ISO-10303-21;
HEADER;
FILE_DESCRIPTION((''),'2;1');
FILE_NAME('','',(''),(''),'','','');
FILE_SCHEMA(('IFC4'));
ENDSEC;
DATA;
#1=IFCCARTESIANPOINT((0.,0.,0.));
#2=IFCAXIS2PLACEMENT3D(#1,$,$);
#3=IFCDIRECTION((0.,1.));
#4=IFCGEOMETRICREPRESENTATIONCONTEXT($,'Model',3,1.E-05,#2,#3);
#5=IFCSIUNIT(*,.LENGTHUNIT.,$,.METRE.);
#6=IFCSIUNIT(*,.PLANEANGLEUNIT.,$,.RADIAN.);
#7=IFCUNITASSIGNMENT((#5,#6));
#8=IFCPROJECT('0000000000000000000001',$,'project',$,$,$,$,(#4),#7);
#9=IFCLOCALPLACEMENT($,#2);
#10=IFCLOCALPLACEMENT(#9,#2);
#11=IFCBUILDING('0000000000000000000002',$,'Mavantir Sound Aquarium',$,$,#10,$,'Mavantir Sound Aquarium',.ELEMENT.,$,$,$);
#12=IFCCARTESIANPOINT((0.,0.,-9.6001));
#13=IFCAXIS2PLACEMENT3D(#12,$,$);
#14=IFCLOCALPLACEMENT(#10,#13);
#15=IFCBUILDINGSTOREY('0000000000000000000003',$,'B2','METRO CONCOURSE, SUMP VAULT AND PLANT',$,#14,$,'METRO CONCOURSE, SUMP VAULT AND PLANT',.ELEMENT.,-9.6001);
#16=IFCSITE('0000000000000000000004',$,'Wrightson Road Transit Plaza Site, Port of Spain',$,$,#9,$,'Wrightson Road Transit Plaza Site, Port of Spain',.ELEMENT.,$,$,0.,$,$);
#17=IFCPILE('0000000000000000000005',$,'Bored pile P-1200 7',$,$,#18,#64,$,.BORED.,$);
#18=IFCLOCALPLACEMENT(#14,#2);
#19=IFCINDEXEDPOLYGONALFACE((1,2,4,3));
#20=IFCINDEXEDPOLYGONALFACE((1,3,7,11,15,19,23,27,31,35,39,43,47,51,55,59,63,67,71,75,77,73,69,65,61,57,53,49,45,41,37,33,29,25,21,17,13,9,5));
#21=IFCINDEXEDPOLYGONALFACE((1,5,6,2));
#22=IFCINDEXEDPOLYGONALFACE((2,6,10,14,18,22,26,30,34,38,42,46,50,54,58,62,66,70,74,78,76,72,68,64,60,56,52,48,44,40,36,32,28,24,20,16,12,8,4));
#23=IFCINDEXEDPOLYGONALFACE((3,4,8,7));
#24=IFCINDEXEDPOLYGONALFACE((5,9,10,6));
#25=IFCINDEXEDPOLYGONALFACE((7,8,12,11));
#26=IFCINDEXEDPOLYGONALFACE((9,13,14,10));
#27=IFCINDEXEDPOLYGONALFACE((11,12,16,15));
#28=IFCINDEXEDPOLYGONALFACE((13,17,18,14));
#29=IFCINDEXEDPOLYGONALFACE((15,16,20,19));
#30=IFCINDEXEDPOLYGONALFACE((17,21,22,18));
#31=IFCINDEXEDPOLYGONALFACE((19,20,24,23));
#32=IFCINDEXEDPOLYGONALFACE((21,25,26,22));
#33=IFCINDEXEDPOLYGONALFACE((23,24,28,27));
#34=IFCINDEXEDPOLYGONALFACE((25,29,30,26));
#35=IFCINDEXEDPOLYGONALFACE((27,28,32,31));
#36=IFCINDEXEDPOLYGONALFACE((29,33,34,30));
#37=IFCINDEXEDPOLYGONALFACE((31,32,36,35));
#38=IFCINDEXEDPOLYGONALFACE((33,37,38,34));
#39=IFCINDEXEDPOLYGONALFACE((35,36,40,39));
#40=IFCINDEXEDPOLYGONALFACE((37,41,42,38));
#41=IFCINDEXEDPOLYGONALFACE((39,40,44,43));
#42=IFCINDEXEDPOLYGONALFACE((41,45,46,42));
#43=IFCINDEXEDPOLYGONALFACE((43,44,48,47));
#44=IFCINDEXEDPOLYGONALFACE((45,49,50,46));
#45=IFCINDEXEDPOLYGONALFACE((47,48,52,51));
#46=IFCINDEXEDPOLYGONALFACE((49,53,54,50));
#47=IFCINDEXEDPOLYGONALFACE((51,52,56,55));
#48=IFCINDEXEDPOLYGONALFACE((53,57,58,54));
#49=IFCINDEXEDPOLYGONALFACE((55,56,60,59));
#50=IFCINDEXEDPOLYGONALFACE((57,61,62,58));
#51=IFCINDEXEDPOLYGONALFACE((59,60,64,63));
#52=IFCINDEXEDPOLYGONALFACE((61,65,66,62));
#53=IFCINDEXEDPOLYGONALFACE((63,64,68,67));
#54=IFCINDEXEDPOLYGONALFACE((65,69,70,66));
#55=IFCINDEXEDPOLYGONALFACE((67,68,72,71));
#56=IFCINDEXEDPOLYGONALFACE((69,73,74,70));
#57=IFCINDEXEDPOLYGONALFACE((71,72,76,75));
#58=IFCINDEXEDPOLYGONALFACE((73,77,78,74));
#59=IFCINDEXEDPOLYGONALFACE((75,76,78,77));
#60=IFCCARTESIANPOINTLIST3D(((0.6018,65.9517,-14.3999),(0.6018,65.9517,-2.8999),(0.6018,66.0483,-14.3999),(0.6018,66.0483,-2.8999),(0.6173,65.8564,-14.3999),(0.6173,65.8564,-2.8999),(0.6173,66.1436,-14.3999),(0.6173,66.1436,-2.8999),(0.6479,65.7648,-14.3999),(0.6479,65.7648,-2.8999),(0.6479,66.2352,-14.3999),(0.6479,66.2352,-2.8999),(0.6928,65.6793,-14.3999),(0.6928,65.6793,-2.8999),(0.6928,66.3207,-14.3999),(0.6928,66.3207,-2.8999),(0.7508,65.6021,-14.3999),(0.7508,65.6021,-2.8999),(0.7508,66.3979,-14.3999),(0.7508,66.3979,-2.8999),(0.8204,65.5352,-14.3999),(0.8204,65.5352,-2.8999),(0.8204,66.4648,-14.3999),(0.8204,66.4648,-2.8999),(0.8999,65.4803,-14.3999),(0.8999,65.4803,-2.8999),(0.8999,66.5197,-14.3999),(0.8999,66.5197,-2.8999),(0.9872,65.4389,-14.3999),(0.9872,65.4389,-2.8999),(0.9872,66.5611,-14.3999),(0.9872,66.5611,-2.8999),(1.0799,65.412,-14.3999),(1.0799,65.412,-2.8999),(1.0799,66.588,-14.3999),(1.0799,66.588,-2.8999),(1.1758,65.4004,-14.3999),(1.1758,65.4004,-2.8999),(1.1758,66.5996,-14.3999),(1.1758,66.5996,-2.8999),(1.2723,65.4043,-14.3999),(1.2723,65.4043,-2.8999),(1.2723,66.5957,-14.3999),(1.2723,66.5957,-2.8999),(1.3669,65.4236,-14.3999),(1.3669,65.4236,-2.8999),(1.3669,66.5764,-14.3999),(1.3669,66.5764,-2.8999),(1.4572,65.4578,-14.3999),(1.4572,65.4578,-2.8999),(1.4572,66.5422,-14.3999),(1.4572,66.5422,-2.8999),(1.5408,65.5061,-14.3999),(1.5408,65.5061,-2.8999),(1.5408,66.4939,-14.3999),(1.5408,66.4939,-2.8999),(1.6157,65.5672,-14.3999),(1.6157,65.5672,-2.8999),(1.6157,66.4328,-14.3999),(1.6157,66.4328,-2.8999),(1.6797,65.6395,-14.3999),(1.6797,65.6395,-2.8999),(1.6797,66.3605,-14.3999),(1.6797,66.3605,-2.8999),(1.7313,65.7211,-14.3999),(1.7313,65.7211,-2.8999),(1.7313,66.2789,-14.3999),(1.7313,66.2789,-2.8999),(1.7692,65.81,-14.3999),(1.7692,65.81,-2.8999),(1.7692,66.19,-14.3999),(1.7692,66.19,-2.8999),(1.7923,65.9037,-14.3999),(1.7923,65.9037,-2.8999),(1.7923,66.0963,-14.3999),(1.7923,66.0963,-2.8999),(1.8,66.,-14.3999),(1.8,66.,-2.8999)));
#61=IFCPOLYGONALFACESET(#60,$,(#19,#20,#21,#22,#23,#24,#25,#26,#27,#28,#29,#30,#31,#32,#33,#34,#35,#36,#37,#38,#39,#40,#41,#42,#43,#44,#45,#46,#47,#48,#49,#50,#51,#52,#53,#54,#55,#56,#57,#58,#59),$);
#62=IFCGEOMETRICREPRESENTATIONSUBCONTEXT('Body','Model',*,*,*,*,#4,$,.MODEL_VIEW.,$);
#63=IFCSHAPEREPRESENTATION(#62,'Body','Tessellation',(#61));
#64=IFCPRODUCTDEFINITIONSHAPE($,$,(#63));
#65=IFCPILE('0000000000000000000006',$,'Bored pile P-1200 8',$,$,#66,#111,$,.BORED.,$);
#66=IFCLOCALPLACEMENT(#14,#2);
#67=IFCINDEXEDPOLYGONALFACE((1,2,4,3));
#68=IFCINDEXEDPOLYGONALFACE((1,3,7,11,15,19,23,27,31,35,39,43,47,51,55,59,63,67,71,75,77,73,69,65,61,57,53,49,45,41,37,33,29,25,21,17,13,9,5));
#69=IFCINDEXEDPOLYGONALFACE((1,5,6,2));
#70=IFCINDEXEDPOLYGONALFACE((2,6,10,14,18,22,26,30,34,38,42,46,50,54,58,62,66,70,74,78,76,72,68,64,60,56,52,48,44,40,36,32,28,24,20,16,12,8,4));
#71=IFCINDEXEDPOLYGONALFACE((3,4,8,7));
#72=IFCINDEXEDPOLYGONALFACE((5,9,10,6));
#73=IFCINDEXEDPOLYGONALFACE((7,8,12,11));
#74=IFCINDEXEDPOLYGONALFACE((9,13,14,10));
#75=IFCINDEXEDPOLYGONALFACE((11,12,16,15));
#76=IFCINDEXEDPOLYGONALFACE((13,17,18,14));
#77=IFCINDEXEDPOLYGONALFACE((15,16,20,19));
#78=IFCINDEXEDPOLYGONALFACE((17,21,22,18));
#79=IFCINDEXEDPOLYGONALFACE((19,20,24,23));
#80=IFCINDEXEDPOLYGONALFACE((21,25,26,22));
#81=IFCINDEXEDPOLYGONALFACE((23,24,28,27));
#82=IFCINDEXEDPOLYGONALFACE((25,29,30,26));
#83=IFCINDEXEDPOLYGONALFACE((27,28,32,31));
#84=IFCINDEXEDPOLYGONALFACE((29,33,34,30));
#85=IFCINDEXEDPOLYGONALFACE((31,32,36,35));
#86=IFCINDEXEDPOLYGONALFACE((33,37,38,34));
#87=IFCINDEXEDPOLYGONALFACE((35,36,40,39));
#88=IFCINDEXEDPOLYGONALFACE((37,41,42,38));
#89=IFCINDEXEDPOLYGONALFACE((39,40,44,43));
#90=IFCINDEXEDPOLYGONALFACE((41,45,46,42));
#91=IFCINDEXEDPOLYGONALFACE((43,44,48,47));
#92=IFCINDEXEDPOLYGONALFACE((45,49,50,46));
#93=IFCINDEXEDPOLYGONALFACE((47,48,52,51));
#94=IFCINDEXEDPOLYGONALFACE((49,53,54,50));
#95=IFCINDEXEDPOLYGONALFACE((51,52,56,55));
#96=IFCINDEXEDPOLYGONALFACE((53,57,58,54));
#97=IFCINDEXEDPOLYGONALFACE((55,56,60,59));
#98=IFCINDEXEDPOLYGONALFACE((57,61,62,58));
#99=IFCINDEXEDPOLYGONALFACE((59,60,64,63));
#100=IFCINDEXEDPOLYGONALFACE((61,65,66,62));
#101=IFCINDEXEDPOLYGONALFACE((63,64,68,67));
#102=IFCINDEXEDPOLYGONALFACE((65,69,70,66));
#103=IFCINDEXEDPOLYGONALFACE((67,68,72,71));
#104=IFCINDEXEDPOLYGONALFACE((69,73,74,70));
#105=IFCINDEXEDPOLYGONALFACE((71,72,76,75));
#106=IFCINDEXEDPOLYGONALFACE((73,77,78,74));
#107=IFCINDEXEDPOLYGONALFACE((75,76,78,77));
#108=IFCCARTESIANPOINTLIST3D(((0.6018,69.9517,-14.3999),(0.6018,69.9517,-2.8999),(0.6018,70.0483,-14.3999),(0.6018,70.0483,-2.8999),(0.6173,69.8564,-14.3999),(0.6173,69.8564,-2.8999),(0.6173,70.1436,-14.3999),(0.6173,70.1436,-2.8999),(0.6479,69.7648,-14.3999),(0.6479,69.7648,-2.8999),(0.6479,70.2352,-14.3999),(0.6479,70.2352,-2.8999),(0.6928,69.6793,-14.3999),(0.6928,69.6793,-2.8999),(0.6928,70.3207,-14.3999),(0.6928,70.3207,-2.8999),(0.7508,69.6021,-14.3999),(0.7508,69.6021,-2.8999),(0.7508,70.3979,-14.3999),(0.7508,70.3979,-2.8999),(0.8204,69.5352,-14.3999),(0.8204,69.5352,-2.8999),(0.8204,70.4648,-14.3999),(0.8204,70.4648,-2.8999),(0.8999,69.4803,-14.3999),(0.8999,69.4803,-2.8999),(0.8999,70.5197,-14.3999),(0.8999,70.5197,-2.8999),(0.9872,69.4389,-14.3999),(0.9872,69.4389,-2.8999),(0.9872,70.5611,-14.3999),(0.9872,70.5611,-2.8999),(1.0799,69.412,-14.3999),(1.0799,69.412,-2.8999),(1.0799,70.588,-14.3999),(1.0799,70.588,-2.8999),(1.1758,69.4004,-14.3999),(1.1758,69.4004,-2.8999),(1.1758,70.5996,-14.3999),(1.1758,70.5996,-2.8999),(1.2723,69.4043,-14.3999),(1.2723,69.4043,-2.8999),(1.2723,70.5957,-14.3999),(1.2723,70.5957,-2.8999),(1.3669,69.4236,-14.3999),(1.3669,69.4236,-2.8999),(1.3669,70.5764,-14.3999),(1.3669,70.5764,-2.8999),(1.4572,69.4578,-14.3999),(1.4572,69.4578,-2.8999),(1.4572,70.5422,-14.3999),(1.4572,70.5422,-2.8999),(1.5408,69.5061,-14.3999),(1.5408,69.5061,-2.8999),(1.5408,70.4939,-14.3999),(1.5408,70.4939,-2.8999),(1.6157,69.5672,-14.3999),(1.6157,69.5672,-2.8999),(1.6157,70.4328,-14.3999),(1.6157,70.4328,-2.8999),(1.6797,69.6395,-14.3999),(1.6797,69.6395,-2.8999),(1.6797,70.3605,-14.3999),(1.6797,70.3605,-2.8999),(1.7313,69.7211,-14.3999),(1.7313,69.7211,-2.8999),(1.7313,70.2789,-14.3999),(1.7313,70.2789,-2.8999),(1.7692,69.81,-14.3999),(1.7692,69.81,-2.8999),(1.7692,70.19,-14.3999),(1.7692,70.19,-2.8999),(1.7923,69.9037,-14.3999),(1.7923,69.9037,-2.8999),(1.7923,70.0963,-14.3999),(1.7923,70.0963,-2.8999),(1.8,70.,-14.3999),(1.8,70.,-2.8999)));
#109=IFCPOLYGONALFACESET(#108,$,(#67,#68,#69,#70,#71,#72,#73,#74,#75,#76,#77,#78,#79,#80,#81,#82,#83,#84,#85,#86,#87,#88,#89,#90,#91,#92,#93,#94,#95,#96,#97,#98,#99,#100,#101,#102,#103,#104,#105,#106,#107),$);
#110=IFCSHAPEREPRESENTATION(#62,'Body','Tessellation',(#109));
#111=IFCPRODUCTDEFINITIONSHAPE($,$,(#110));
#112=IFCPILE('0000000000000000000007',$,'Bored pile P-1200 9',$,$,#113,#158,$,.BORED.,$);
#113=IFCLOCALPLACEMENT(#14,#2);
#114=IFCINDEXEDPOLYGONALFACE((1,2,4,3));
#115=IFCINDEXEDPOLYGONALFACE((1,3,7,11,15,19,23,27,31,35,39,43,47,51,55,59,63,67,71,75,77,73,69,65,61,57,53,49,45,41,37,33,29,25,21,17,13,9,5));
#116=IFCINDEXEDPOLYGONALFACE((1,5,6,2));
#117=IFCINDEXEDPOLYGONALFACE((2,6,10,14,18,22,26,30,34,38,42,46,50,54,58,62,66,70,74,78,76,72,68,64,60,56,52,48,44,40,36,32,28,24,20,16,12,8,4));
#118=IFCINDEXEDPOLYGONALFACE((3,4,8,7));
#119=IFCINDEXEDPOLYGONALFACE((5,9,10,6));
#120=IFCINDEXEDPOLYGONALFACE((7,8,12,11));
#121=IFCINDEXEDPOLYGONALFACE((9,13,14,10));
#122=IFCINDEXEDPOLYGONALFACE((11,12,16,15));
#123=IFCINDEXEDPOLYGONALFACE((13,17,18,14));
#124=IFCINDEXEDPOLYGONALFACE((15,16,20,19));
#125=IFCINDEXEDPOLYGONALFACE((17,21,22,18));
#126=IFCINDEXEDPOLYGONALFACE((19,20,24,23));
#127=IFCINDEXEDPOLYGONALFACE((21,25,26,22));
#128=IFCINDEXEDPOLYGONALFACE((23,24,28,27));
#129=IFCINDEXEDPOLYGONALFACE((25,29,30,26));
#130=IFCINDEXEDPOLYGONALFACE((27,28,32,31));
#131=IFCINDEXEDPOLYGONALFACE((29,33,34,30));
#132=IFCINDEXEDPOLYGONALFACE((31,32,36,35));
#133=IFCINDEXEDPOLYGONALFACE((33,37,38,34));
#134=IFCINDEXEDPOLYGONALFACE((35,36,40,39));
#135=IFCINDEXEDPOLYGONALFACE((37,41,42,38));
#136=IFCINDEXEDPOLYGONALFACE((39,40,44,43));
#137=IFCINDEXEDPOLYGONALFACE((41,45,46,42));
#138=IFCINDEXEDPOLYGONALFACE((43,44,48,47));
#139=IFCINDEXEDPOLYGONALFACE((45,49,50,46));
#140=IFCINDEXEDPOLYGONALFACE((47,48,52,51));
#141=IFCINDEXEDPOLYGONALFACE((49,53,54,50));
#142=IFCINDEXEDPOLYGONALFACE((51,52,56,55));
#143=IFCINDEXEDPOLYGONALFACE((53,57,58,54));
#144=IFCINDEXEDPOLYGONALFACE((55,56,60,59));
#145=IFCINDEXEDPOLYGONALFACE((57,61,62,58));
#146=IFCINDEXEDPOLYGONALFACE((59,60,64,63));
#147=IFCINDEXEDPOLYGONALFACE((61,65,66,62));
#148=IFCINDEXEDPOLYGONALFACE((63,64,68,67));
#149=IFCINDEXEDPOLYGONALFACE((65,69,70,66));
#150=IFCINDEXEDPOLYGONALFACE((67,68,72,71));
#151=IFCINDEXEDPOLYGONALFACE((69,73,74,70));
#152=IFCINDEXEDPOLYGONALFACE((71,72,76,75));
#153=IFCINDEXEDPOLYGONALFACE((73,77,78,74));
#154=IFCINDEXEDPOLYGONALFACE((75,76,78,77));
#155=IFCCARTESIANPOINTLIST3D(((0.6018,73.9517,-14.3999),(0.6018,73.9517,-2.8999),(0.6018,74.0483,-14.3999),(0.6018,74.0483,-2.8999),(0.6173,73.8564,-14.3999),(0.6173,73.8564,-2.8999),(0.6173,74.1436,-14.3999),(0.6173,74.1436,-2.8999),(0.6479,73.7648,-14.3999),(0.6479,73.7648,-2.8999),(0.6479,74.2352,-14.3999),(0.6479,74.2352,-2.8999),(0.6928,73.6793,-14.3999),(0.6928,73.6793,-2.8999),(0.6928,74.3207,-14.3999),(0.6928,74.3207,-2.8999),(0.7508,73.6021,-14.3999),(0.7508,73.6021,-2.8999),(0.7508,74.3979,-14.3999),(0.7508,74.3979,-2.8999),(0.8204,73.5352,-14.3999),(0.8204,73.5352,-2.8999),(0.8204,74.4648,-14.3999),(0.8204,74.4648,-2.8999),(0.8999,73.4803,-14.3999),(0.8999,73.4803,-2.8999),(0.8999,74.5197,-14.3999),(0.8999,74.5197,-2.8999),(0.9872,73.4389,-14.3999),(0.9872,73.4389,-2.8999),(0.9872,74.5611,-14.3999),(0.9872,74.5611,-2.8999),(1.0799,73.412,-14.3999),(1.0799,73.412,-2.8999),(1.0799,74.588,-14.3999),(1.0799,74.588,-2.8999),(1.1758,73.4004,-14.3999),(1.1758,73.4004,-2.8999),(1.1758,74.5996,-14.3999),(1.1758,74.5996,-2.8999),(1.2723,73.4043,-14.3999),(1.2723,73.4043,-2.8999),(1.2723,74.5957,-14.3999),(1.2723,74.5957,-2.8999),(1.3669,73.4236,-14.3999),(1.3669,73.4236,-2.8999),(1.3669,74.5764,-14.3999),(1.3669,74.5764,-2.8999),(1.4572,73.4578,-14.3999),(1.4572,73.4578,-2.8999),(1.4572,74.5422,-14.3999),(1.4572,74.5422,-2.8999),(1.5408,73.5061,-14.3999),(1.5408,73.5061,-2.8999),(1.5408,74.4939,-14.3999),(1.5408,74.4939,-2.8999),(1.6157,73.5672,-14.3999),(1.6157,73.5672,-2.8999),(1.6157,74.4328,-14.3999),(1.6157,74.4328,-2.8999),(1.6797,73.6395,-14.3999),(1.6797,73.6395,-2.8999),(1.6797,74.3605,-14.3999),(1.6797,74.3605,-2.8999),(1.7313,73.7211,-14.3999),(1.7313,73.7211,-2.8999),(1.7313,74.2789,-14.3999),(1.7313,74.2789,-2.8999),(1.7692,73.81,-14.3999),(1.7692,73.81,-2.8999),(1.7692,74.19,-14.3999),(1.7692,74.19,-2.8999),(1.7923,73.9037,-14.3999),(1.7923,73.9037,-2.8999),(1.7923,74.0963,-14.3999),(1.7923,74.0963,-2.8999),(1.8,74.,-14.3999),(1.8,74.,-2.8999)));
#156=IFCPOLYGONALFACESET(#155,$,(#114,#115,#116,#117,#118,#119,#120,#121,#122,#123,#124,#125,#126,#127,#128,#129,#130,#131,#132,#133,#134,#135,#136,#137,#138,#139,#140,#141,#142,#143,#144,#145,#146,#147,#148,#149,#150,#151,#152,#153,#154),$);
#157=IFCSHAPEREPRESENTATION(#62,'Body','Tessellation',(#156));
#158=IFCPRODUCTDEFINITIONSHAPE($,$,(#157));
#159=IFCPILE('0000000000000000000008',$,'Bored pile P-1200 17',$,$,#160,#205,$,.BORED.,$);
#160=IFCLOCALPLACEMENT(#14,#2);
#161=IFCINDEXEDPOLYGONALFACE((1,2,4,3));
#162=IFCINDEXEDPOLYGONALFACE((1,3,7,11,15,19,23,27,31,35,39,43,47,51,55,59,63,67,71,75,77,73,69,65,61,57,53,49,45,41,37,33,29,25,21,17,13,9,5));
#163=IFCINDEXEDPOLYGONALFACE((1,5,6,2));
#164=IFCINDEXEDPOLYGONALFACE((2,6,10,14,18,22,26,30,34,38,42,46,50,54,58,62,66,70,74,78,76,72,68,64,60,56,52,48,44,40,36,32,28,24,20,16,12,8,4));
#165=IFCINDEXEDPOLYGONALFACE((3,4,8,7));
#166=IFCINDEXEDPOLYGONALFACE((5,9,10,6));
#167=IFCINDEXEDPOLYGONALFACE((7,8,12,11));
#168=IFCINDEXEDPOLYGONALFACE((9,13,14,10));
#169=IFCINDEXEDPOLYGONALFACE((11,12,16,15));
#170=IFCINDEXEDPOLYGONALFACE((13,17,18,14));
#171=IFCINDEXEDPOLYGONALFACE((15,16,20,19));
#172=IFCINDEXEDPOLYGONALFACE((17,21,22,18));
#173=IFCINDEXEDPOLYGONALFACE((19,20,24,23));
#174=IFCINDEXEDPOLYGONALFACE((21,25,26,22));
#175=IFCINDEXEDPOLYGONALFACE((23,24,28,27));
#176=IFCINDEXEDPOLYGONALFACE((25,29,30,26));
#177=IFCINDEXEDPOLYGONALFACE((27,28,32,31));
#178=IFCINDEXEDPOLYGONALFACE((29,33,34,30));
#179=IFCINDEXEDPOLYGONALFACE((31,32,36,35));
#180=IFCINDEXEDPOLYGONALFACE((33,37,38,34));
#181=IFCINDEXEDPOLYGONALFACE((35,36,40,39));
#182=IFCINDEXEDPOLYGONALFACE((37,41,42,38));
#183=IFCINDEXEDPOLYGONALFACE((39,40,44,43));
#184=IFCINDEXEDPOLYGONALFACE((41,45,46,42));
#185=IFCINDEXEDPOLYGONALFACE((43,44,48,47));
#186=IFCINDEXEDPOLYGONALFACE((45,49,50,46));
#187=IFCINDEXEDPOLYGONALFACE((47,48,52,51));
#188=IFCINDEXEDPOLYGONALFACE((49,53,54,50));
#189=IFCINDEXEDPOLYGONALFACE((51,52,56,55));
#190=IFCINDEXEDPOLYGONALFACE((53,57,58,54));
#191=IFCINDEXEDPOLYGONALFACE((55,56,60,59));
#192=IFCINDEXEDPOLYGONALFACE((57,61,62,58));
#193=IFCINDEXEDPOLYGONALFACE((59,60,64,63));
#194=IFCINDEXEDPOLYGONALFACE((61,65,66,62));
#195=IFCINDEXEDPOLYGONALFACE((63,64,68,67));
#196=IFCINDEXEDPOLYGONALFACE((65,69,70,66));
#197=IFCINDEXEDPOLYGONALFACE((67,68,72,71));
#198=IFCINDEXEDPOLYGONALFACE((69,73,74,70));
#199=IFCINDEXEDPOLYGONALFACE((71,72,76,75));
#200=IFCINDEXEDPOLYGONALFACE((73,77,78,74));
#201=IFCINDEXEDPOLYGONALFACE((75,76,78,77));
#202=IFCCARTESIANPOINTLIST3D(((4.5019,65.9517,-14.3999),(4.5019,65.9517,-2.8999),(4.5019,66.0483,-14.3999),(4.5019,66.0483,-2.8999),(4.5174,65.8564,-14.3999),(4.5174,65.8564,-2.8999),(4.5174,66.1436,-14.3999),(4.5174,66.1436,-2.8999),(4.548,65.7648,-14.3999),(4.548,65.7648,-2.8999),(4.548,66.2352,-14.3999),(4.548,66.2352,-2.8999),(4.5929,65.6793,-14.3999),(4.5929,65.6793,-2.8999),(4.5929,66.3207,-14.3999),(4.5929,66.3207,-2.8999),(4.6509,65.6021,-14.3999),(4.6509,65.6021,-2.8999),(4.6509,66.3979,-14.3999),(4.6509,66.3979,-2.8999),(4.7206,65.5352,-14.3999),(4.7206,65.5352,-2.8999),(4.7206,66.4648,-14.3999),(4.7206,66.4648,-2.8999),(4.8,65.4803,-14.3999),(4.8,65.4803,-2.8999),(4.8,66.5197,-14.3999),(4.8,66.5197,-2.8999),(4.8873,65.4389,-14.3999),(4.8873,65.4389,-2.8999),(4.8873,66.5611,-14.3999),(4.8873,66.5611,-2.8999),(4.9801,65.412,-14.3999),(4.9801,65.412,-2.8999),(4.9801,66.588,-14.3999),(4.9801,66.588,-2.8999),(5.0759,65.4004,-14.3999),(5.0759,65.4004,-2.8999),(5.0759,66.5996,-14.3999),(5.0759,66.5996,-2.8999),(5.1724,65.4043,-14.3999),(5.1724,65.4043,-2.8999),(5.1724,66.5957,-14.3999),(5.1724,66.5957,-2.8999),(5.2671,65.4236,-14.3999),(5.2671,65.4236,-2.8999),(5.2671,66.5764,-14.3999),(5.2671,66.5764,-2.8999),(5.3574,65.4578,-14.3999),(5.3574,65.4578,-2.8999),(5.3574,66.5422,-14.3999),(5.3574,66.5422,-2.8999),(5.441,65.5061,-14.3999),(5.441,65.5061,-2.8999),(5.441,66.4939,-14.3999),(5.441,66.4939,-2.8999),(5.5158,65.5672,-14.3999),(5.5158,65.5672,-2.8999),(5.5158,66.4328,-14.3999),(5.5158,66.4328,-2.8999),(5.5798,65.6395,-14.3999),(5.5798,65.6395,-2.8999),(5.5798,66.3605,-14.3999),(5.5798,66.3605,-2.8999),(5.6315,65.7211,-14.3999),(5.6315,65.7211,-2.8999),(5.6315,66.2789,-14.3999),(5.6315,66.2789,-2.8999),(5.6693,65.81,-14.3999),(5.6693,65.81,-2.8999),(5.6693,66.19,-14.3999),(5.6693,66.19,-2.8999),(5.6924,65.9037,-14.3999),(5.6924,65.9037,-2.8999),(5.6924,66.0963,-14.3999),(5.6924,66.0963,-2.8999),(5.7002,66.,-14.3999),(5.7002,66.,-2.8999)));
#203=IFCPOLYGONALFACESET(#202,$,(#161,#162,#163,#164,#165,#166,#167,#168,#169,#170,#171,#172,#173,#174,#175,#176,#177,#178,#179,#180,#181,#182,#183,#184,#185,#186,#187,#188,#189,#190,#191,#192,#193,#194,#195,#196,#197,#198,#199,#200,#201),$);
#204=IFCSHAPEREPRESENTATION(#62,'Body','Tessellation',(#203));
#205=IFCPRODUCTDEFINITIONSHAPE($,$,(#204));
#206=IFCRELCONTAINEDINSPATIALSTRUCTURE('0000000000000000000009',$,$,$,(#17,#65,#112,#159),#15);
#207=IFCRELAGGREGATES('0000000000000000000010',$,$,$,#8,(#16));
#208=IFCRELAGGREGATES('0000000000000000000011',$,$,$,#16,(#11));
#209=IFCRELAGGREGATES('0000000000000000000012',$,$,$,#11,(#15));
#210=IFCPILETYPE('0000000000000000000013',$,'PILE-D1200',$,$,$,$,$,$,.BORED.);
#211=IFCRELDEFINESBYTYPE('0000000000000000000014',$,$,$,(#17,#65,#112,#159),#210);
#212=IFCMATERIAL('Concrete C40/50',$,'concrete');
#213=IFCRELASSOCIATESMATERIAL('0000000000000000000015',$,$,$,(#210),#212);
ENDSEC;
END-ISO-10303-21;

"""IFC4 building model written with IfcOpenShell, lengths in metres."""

from ifc_helpers import new_model, si_unit, direction, frame, origin, origin_2d, place, context, subcontext, project, spatial, circle, extrude, material, material_profile, profile_set, type_object, element, save


model = new_model("IFC4")

# Units and contexts
model_context = context("Model", 3, precision=1e-05, world=origin(), true_north=direction((0.0, 1.0)))
body_context = subcontext(model_context, "Body", "Model", "MODEL_VIEW")
ifc_project = project(units=[si_unit("LENGTHUNIT", "METRE"), si_unit("PLANEANGLEUNIT", "RADIAN")], contexts=[model_context])

# Site, building, storey
site_placement = place(None, origin())
site = spatial("IfcSite", under=ifc_project, at=site_placement, Name="Wrightson Road Transit Plaza Site, Port of Spain", LongName="Wrightson Road Transit Plaza Site, Port of Spain", CompositionType="ELEMENT", RefElevation=0.0)
building_placement = place(site_placement, origin())
building = spatial("IfcBuilding", under=site, at=building_placement, Name="Mavantir Sound Aquarium", LongName="Mavantir Sound Aquarium", CompositionType="ELEMENT")
storey_placement = place(building_placement, frame((0.0, 0.0, -9.6001)))
storey = spatial("IfcBuildingStorey", under=building, at=storey_placement, Name="B2", Description="METRO CONCOURSE, SUMP VAULT AND PLANT", LongName="METRO CONCOURSE, SUMP VAULT AND PLANT", CompositionType="ELEMENT", Elevation=-9.6001)

# Piles
ifc_material_1 = material(Name="Concrete C40/50", Category="concrete")
ifc_material_profile_1 = material_profile(ifc_material_1, circle(Radius=0.6001, at=origin_2d()), Name="PILE D1200")
ifc_profile_set_1 = profile_set([ifc_material_profile_1], Name="Concrete C40/50")
pile_type = type_object("IfcPileType", Name="PILE-D1200", PredefinedType="BORED", material=ifc_profile_set_1)
for number, where, z_axis, x_axis, name in (
    (1, (1.2, 66.0, -2.8999), (0.0, 0.0, -1.0), (1.0, 0.0, 0.0), "Bored pile P-1200 7"),
    (2, (1.2, 70.0, -2.8999), (0.0, 0.0, -1.0), (1.0, 0.0, 0.0), "Bored pile P-1200 8"),
    (3, (1.2, 74.0, -2.8999), (0.0, 0.0, -1.0), (1.0, 0.0, 0.0), "Bored pile P-1200 9"),
    (4, (5.1001, 66.0, -2.8999), (0.0, 0.0, -1.0), (1.0, 0.0, 0.0), "Bored pile P-1200 17"),
):
    element("IfcPile", number, at=place(storey_placement, frame(where, z_axis=z_axis, x_axis=x_axis)), inside=storey, type_object=pile_type, Name=name, PredefinedType="BORED", context=body_context, shape_type="SweptSolid", body=[
        extrude(circle(Radius=0.6001, at=origin_2d()), origin(), (0.0, 0.0, 1.0), 11.5),
    ])

save(model, "model.ifc")
